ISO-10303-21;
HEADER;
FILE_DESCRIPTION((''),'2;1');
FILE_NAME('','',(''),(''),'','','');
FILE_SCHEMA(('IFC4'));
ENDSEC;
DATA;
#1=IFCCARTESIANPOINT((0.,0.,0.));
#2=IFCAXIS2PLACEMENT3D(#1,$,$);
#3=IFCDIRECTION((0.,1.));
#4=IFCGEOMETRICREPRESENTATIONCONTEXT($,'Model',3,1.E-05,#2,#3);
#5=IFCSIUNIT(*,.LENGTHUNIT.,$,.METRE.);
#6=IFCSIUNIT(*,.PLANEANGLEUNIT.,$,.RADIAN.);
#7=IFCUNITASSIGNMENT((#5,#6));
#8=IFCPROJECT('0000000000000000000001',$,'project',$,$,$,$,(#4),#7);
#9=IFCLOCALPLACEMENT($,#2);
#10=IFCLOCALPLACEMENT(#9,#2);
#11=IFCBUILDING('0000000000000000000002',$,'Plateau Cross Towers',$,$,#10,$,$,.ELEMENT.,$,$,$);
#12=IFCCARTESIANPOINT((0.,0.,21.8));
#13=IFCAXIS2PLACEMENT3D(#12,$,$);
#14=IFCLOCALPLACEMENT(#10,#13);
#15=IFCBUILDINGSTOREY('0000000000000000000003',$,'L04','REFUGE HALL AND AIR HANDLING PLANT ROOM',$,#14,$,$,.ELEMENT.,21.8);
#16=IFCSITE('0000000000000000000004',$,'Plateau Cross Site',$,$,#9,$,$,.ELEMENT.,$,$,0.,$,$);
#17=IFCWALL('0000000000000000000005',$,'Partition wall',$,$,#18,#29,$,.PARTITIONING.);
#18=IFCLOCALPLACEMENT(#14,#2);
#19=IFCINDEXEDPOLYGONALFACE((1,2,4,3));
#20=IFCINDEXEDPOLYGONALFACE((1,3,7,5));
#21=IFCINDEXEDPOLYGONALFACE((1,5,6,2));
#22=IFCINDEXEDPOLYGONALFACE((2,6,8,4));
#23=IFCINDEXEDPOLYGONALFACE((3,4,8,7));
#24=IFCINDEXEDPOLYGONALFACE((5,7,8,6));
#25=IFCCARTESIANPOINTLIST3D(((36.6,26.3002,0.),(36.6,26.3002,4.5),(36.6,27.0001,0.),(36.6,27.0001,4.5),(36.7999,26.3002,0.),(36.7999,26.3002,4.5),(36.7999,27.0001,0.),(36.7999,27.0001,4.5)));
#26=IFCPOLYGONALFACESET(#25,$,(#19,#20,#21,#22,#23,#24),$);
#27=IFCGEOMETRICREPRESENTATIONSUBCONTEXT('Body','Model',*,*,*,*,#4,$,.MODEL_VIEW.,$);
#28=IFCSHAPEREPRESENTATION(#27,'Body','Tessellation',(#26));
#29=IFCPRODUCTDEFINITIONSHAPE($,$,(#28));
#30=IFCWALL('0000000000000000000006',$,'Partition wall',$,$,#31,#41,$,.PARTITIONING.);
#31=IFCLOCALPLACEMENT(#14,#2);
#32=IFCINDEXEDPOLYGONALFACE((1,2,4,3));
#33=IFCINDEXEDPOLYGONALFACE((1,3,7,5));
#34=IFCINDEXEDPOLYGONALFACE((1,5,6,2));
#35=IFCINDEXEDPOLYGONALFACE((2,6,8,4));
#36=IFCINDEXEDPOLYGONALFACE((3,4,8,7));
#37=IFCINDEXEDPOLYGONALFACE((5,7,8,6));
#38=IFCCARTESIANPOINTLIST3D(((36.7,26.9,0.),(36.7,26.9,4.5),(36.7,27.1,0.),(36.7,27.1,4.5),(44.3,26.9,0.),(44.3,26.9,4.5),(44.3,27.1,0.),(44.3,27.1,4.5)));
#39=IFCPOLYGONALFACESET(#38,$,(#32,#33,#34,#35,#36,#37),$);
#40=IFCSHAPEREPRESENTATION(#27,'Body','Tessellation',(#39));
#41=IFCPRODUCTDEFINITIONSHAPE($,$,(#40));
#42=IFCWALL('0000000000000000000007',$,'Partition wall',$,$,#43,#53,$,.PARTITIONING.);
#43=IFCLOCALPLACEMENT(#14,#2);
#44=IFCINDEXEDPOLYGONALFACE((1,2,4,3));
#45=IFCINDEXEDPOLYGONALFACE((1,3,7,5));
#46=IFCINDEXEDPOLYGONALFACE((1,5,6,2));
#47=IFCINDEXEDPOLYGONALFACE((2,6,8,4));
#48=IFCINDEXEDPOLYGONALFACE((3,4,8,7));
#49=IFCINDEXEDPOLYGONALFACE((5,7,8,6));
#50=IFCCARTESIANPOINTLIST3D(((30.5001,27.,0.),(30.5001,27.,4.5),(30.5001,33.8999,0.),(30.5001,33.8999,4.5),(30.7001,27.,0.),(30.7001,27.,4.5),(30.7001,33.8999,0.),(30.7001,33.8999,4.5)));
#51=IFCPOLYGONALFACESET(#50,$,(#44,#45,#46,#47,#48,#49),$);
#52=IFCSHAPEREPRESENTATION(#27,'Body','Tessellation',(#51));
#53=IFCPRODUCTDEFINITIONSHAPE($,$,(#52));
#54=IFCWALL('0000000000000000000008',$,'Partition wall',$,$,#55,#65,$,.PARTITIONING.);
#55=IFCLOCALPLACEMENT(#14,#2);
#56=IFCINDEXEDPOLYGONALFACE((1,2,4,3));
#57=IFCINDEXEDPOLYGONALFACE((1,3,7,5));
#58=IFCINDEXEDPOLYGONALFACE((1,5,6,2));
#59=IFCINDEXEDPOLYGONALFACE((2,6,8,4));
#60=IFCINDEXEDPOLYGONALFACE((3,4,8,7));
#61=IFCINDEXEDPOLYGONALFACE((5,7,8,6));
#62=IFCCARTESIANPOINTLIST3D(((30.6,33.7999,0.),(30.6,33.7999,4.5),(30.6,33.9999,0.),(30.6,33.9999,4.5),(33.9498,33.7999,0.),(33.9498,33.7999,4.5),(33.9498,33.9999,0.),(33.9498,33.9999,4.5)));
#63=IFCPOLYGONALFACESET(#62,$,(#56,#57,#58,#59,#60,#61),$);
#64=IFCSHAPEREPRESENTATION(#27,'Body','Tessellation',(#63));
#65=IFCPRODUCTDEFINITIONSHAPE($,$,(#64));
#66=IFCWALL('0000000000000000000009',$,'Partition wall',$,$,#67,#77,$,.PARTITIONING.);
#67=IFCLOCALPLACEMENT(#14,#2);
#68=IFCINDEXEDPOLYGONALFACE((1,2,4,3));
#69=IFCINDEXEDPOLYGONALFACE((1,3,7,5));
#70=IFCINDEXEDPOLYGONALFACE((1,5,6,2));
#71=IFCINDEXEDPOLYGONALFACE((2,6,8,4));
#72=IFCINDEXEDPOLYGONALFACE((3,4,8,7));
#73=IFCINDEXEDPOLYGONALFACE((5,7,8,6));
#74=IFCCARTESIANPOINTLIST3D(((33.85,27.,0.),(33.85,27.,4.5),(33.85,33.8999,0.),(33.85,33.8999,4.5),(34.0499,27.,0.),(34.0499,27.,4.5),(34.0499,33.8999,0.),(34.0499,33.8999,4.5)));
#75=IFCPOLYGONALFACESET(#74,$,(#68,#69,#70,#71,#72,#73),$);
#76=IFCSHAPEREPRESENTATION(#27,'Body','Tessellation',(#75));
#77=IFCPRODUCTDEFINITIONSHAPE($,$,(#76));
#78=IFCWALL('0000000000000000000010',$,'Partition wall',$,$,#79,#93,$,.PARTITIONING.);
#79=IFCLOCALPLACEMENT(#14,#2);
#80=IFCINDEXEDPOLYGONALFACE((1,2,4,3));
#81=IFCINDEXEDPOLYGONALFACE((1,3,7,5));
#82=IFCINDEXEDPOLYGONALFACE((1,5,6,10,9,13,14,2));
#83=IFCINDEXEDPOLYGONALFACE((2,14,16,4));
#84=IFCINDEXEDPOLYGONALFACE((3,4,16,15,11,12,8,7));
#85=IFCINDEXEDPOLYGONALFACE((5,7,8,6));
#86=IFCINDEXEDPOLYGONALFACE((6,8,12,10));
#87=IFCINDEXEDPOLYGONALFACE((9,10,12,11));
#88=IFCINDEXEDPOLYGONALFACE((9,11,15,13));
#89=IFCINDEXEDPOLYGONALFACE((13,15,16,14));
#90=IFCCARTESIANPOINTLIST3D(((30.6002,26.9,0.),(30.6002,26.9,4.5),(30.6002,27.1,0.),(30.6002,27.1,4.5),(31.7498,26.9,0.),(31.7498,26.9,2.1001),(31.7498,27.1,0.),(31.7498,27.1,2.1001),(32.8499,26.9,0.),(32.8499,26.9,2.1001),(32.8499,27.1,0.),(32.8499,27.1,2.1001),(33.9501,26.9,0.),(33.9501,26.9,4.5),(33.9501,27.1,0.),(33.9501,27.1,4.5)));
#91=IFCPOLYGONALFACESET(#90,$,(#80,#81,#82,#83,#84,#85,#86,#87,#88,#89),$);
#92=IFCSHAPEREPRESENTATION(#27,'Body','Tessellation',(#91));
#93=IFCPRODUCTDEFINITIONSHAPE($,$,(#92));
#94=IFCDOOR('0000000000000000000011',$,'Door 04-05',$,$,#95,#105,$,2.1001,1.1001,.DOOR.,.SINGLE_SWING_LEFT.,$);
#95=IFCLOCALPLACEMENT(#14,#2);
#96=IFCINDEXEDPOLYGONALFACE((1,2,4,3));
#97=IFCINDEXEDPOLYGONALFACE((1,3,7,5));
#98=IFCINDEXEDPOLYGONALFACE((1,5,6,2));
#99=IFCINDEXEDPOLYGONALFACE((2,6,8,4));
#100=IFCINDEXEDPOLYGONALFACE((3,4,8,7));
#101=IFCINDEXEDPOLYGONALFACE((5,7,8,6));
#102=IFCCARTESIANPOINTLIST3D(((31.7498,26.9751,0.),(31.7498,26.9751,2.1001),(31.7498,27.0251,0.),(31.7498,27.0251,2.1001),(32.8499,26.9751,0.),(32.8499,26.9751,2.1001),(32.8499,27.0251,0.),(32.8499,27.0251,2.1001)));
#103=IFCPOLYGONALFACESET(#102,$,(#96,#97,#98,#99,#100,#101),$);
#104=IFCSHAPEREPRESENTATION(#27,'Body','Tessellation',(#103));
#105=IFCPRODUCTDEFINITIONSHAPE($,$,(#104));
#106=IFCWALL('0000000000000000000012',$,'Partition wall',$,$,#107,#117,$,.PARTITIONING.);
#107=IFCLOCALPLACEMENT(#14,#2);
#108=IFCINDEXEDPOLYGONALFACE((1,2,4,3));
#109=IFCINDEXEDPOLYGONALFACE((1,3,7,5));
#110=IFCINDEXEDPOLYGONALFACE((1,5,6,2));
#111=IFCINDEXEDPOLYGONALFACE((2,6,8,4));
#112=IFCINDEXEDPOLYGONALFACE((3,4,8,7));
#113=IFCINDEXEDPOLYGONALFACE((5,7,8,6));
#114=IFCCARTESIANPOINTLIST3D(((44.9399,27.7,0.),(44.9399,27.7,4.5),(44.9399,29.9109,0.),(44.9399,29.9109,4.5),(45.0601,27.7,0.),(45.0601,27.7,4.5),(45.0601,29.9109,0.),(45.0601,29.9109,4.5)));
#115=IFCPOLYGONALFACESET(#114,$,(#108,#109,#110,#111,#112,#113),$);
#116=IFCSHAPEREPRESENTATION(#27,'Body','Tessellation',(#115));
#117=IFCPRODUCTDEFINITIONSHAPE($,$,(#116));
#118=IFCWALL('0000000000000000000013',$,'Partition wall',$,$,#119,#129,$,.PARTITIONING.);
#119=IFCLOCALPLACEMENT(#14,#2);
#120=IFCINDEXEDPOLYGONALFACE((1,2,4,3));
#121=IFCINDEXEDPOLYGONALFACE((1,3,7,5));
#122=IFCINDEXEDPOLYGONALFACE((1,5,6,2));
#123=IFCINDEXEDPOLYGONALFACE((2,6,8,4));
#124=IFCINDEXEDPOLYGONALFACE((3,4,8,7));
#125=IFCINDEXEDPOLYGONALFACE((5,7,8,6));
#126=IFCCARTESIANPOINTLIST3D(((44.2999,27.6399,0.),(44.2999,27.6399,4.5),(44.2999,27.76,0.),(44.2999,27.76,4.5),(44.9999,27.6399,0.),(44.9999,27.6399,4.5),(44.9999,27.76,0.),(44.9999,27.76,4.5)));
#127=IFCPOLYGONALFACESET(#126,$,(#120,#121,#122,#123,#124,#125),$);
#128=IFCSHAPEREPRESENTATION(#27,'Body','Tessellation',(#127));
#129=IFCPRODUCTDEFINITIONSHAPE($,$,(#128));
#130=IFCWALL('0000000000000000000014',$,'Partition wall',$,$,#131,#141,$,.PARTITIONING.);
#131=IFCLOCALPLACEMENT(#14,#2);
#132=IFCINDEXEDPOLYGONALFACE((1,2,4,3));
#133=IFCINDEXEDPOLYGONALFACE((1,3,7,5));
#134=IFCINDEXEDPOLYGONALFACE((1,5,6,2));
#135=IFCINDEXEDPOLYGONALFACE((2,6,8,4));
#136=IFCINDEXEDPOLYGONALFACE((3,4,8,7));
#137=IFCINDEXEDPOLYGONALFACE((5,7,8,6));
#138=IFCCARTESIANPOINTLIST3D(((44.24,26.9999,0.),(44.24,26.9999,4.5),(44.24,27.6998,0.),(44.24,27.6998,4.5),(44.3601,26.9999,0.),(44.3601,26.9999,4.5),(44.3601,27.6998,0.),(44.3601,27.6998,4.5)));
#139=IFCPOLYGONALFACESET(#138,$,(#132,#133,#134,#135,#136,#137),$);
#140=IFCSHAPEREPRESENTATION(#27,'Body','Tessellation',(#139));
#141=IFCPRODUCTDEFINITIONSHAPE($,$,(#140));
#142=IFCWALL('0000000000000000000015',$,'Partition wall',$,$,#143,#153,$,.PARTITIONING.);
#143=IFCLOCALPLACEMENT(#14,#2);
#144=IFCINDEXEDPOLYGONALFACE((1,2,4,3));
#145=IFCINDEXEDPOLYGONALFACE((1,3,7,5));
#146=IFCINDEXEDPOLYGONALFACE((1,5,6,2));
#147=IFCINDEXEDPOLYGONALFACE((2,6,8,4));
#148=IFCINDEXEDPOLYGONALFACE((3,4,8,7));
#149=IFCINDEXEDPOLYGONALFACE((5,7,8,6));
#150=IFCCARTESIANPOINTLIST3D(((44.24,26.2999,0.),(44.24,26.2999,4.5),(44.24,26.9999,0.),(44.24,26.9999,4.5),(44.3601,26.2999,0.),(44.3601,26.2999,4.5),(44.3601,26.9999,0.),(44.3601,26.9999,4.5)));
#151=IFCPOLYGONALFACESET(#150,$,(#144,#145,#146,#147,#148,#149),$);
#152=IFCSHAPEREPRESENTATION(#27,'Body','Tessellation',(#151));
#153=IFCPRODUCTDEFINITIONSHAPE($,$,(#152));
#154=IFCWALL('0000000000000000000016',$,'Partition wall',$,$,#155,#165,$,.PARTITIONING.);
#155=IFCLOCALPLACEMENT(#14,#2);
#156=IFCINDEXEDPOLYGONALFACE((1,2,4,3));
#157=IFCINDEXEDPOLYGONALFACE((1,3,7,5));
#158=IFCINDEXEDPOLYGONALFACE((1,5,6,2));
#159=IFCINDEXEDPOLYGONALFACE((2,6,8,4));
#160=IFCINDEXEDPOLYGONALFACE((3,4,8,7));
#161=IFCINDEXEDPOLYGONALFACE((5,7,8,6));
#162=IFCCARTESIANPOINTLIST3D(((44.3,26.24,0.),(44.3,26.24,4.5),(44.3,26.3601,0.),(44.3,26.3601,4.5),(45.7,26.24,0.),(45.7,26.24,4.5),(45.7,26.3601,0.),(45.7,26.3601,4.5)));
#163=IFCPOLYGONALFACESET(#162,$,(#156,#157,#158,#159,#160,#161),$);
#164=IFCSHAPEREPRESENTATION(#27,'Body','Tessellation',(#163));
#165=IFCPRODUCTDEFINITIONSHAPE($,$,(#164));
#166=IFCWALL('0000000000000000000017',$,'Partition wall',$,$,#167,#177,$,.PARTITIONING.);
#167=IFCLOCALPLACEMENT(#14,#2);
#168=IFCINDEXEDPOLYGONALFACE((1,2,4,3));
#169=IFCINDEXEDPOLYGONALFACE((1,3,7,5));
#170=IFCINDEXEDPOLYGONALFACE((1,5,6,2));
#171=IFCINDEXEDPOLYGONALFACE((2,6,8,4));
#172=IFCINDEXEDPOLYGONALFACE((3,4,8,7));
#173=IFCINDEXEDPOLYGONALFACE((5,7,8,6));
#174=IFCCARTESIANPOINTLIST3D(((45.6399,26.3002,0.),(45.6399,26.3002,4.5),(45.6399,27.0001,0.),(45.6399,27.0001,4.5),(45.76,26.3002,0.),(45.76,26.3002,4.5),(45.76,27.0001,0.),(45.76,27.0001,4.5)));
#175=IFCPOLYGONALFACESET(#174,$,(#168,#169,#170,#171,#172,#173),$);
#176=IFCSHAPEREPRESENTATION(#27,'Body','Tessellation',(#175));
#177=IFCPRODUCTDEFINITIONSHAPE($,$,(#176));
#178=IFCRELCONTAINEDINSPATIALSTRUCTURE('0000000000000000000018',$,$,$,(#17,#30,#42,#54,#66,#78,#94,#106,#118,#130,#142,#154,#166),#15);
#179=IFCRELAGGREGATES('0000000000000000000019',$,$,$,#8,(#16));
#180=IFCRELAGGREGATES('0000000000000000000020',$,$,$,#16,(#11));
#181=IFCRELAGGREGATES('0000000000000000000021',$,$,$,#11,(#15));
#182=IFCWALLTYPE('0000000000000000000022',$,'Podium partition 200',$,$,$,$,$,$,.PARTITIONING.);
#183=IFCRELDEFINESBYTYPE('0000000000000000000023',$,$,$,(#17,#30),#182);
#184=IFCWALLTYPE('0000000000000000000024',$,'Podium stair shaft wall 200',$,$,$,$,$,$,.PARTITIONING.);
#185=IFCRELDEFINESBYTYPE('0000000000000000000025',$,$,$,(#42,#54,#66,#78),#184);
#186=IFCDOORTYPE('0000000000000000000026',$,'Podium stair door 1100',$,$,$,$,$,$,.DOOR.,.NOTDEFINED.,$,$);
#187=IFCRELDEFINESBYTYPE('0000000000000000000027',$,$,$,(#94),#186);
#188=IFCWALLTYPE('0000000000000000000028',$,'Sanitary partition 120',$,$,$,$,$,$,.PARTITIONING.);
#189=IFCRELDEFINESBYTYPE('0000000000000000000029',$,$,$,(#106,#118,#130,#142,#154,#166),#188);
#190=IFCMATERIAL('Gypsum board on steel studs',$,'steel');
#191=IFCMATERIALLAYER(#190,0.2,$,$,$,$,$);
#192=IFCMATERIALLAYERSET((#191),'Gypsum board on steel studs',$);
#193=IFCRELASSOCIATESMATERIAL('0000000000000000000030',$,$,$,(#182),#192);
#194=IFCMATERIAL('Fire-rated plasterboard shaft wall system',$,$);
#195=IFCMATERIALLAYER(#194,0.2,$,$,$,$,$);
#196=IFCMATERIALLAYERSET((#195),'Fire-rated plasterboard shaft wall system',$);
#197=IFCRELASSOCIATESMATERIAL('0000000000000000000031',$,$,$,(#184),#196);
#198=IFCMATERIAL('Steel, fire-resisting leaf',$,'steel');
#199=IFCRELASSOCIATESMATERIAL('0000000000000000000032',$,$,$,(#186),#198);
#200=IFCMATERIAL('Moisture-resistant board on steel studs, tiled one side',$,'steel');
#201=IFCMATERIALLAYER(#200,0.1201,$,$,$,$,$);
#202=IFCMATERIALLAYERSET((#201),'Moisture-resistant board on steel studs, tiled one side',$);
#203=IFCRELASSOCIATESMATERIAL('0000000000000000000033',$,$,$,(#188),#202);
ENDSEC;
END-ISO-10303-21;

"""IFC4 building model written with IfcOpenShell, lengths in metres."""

from ifc_helpers import new_model, si_unit, direction, frame, frame_2d, origin, place, context, subcontext, project, spatial, rectangle, extrude, material, layer, layer_set, type_object, element, fill, save


model = new_model("IFC4")

# Units and contexts
model_context = context("Model", 3, precision=1e-05, world=origin(), true_north=direction((0.0, 1.0)))
body_context = subcontext(model_context, "Body", "Model", "MODEL_VIEW")
ifc_project = project(units=[si_unit("LENGTHUNIT", "METRE"), si_unit("PLANEANGLEUNIT", "RADIAN")], contexts=[model_context])

# Site, building, storey
site_placement = place(None, origin())
site = spatial("IfcSite", under=ifc_project, at=site_placement, Name="Plateau Cross Site", CompositionType="ELEMENT", RefElevation=0.0)
building_placement = place(site_placement, origin())
building = spatial("IfcBuilding", under=site, at=building_placement, Name="Plateau Cross Towers", CompositionType="ELEMENT")
storey_placement = place(building_placement, frame((0.0, 0.0, 21.8)))
storey = spatial("IfcBuildingStorey", under=building, at=storey_placement, Name="L04", Description="REFUGE HALL AND AIR HANDLING PLANT ROOM", CompositionType="ELEMENT", Elevation=21.8)

# Walls
ifc_material_1 = material(Name="Gypsum board on steel studs", Category="steel")
ifc_layer_1 = layer(ifc_material_1, 0.2)
ifc_layer_set_1 = layer_set([ifc_layer_1], Name="Gypsum board on steel studs")
wall_type_1 = type_object("IfcWallType", Name="Podium partition 200", PredefinedType="PARTITIONING", material=ifc_layer_set_1)
wall_1_placement = place(storey_placement, frame((36.7, 26.3, 0.0), z_axis=(0.0, 0.0, 1.0), x_axis=(0.0, 1.0, 0.0)))
element("IfcWall", 1, at=wall_1_placement, inside=storey, type_object=wall_type_1, Name="Partition wall", PredefinedType="PARTITIONING", context=body_context, shape_type="SweptSolid", body=[
    extrude(rectangle(XDim=0.7, YDim=0.2, at=frame_2d((0.3501, 0.0))), origin(), (0.0, 0.0, 1.0), 4.5),
])
wall_2_placement = place(storey_placement, frame((36.7, 27.0, 0.0), z_axis=(0.0, 0.0, 1.0), x_axis=(1.0, 0.0, 0.0)))
element("IfcWall", 2, at=wall_2_placement, inside=storey, type_object=wall_type_1, Name="Partition wall", PredefinedType="PARTITIONING", context=body_context, shape_type="SweptSolid", body=[
    extrude(rectangle(XDim=7.6001, YDim=0.2, at=frame_2d((3.8, 0.0))), origin(), (0.0, 0.0, 1.0), 4.5),
])
ifc_material_2 = material(Name="Fire-rated plasterboard shaft wall system")
ifc_layer_2 = layer(ifc_material_2, 0.2)
ifc_layer_set_2 = layer_set([ifc_layer_2], Name="Fire-rated plasterboard shaft wall system")
wall_type_2 = type_object("IfcWallType", Name="Podium stair shaft wall 200", PredefinedType="PARTITIONING", material=ifc_layer_set_2)
wall_3_placement = place(storey_placement, frame((30.6001, 27.0, 0.0), z_axis=(0.0, 0.0, 1.0), x_axis=(0.0, 1.0, 0.0)))
element("IfcWall", 3, at=wall_3_placement, inside=storey, type_object=wall_type_2, Name="Partition wall", PredefinedType="PARTITIONING", context=body_context, shape_type="SweptSolid", body=[
    extrude(rectangle(XDim=6.8999, YDim=0.2, at=frame_2d((3.45, 0.0))), origin(), (0.0, 0.0, 1.0), 4.5),
])
wall_4_placement = place(storey_placement, frame((30.6001, 33.8999, 0.0), z_axis=(0.0, 0.0, 1.0), x_axis=(1.0, 0.0, 0.0)))
element("IfcWall", 4, at=wall_4_placement, inside=storey, type_object=wall_type_2, Name="Partition wall", PredefinedType="PARTITIONING", context=body_context, shape_type="SweptSolid", body=[
    extrude(rectangle(XDim=3.3499, YDim=0.2, at=frame_2d((1.6748, 0.0))), origin(), (0.0, 0.0, 1.0), 4.5),
])
wall_5_placement = place(storey_placement, frame((33.95, 33.8999, 0.0), z_axis=(0.0, 0.0, 1.0), x_axis=(0.0, -1.0, 0.0)))
element("IfcWall", 5, at=wall_5_placement, inside=storey, type_object=wall_type_2, Name="Partition wall", PredefinedType="PARTITIONING", context=body_context, shape_type="SweptSolid", body=[
    extrude(rectangle(XDim=6.8999, YDim=0.2, at=frame_2d((3.45, 0.0))), origin(), (0.0, 0.0, 1.0), 4.5),
])

# Wall, opening, door
wall_6_placement = place(storey_placement, frame((33.95, 27.0, 0.0), z_axis=(0.0, 0.0, 1.0), x_axis=(-1.0, 0.0, 0.0)))
wall_6 = element("IfcWall", 6, at=wall_6_placement, inside=storey, type_object=wall_type_2, Name="Partition wall", PredefinedType="PARTITIONING", context=body_context, shape_type="SweptSolid", body=[
    extrude(rectangle(XDim=3.3499, YDim=0.2, at=frame_2d((1.6748, 0.0))), origin(), (0.0, 0.0, 1.0), 4.5),
])
opening_1_placement = place(wall_6_placement, frame((1.1001, 0.0, 0.0)))
opening_1 = element("IfcOpeningElement", 7, at=opening_1_placement, cuts=wall_6, PredefinedType="OPENING", context=body_context, shape_type="SweptSolid", body=[
    extrude(rectangle(XDim=1.1001, YDim=2.1001, at=frame_2d((0.55, 1.05))), frame((0.0, 0.1099, 0.0), z_axis=(0.0, -1.0, 0.0), x_axis=(1.0, 0.0, 0.0)), (0.0, 0.0, 1.0), 0.22),
])
ifc_material_3 = material(Name="Steel, fire-resisting leaf", Category="steel")
door_type_1 = type_object("IfcDoorType", Name="Podium stair door 1100", OperationType="NOTDEFINED", PredefinedType="DOOR", material=ifc_material_3)
door_1_placement = place(opening_1_placement, origin())
door_1 = element("IfcDoor", 8, at=door_1_placement, inside=storey, type_object=door_type_1, Name="Door 04-05", OperationType="SINGLE_SWING_LEFT", OverallHeight=2.1001, OverallWidth=1.1001, PredefinedType="DOOR", context=body_context, shape_type="SweptSolid", body=[
    extrude(rectangle(XDim=1.1001, YDim=2.1001, at=frame_2d((0.55, 1.05))), frame((0.0, 0.0249, 0.0), z_axis=(0.0, -1.0, 0.0), x_axis=(1.0, 0.0, 0.0)), (0.0, 0.0, 1.0), 0.05),
])
fill(opening_1, door_1)

# Walls
ifc_material_4 = material(Name="Moisture-resistant board on steel studs, tiled one side", Category="steel")
ifc_layer_3 = layer(ifc_material_4, 0.1201)
ifc_layer_set_3 = layer_set([ifc_layer_3], Name="Moisture-resistant board on steel studs, tiled one side")
wall_type_3 = type_object("IfcWallType", Name="Sanitary partition 120", PredefinedType="PARTITIONING", material=ifc_layer_set_3)
wall_7_placement = place(storey_placement, frame((45.0, 29.9109, 0.0), z_axis=(0.0, 0.0, 1.0), x_axis=(0.0, -1.0, 0.0)))
element("IfcWall", 9, at=wall_7_placement, inside=storey, type_object=wall_type_3, Name="Partition wall", PredefinedType="PARTITIONING", context=body_context, shape_type="SweptSolid", body=[
    extrude(rectangle(XDim=2.2109, YDim=0.1201, at=frame_2d((1.1055, 0.0))), origin(), (0.0, 0.0, 1.0), 4.5),
])
for number, where, z_axis, x_axis, name in (
    (10, (45.0, 27.7, 0.0), (0.0, 0.0, 1.0), (-1.0, 0.0, 0.0), "Partition wall"),
    (11, (44.3, 27.7, 0.0), (0.0, 0.0, 1.0), (0.0, -1.0, 0.0), "Partition wall"),
    (12, (44.3, 27.0, 0.0), (0.0, 0.0, 1.0), (0.0, -1.0, 0.0), "Partition wall"),
):
    element("IfcWall", number, at=place(storey_placement, frame(where, z_axis=z_axis, x_axis=x_axis)), inside=storey, type_object=wall_type_3, Name=name, PredefinedType="PARTITIONING", context=body_context, shape_type="SweptSolid", body=[
        extrude(rectangle(XDim=0.7, YDim=0.1201, at=frame_2d((0.3501, 0.0))), origin(), (0.0, 0.0, 1.0), 4.5),
    ])
wall_8_placement = place(storey_placement, frame((44.3, 26.3, 0.0), z_axis=(0.0, 0.0, 1.0), x_axis=(1.0, 0.0, 0.0)))
element("IfcWall", 13, at=wall_8_placement, inside=storey, type_object=wall_type_3, Name="Partition wall", PredefinedType="PARTITIONING", context=body_context, shape_type="SweptSolid", body=[
    extrude(rectangle(XDim=1.3999, YDim=0.1201, at=frame_2d((0.7, 0.0))), origin(), (0.0, 0.0, 1.0), 4.5),
])
wall_9_placement = place(storey_placement, frame((45.7, 26.3, 0.0), z_axis=(0.0, 0.0, 1.0), x_axis=(0.0, 1.0, 0.0)))
element("IfcWall", 14, at=wall_9_placement, inside=storey, type_object=wall_type_3, Name="Partition wall", PredefinedType="PARTITIONING", context=body_context, shape_type="SweptSolid", body=[
    extrude(rectangle(XDim=0.7, YDim=0.1201, at=frame_2d((0.3501, 0.0))), origin(), (0.0, 0.0, 1.0), 4.5),
])

save(model, "model.ifc")
